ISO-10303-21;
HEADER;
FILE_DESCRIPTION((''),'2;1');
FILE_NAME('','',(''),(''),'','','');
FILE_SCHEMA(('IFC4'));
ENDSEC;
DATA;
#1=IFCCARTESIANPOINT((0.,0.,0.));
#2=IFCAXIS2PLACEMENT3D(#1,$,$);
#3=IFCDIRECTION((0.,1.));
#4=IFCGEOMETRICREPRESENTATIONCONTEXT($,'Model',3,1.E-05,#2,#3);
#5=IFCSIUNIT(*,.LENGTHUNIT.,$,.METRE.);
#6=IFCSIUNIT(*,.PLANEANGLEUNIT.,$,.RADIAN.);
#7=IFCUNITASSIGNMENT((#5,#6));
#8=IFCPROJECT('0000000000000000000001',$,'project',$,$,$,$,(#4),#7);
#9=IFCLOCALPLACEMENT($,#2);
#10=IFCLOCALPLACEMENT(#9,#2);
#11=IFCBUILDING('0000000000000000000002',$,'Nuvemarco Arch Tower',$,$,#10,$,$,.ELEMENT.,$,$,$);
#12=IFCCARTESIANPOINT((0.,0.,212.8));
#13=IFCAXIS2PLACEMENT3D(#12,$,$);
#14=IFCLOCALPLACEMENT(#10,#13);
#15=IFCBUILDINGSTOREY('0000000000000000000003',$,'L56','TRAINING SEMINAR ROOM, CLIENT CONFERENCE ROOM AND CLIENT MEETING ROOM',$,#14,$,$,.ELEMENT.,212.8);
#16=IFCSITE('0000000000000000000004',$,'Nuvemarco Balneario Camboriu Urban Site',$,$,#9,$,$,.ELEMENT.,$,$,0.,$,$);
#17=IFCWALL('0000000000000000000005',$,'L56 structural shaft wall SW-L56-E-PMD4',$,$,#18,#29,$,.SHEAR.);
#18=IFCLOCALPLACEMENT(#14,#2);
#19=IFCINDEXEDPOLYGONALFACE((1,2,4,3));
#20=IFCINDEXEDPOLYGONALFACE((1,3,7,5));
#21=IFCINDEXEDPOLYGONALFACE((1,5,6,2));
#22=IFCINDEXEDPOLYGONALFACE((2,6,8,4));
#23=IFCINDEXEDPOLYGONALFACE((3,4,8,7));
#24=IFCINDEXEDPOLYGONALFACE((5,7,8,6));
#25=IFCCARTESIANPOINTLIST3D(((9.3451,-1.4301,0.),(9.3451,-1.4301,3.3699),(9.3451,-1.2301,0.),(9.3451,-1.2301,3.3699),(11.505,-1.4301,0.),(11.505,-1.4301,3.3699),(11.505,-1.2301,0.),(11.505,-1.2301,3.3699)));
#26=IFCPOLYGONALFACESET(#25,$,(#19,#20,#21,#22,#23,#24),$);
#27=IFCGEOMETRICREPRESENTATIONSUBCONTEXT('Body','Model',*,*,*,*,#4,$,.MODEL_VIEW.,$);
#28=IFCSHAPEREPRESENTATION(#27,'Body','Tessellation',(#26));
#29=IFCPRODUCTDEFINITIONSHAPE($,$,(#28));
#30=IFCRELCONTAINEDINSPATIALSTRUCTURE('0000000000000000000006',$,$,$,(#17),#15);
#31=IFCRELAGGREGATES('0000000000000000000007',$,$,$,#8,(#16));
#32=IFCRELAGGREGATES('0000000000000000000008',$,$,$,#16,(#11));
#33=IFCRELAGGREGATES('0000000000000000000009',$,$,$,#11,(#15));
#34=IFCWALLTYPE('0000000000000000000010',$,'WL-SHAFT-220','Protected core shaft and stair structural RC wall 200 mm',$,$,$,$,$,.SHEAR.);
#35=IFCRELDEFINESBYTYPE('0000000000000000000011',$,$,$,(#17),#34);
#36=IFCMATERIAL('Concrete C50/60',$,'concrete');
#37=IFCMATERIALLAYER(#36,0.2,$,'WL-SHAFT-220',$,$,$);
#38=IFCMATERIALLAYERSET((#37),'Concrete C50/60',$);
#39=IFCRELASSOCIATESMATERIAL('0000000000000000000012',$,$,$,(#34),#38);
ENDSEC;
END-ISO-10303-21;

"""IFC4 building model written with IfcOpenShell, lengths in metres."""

from ifc_helpers import new_model, si_unit, direction, frame, frame_2d, origin, place, context, subcontext, project, spatial, rectangle, extrude, material, layer, layer_set, type_object, element, save


model = new_model("IFC4")

# Units and contexts
model_context = context("Model", 3, precision=1e-05, world=origin(), true_north=direction((0.0, 1.0)))
body_context = subcontext(model_context, "Body", "Model", "MODEL_VIEW")
ifc_project = project(units=[si_unit("LENGTHUNIT", "METRE"), si_unit("PLANEANGLEUNIT", "RADIAN")], contexts=[model_context])

# Site, building, storey
site_placement = place(None, origin())
site = spatial("IfcSite", under=ifc_project, at=site_placement, Name="Nuvemarco Balneario Camboriu Urban Site", CompositionType="ELEMENT", RefElevation=0.0)
building_placement = place(site_placement, origin())
building = spatial("IfcBuilding", under=site, at=building_placement, Name="Nuvemarco Arch Tower", CompositionType="ELEMENT")
storey_placement = place(building_placement, frame((0.0, 0.0, 212.8)))
storey = spatial("IfcBuildingStorey", under=building, at=storey_placement, Name="L56", Description="TRAINING SEMINAR ROOM, CLIENT CONFERENCE ROOM AND CLIENT MEETING ROOM", CompositionType="ELEMENT", Elevation=212.8)

# Shared definitions
ifc_material_1 = material(Name="Concrete C50/60", Category="concrete")

# Shared definitions
ifc_layer_1 = layer(ifc_material_1, 0.2, Name="WL-SHAFT-220")
ifc_layer_set_1 = layer_set([ifc_layer_1], Name="Concrete C50/60")
wall_type_1 = type_object("IfcWallType", Name="WL-SHAFT-220", Description="Protected core shaft and stair structural RC wall 200 mm", PredefinedType="SHEAR", material=ifc_layer_set_1)

# Wall
for number, where, z_axis, x_axis, name in (
    (1, (9.345, -1.3301, 0.0), (0.0, 0.0, 1.0), (1.0, 0.0, 0.0), "L56 structural shaft wall SW-L56-E-PMD4"),
):
    element("IfcWall", number, at=place(storey_placement, frame(where, z_axis=z_axis, x_axis=x_axis)), inside=storey, type_object=wall_type_1, Name=name, PredefinedType="SHEAR", context=body_context, shape_type="SweptSolid", body=[
        extrude(rectangle(XDim=2.1599, YDim=0.2, at=frame_2d((1.0801, 0.0))), origin(), (0.0, 0.0, 1.0), 3.3699),
    ])

save(model, "model.ifc")
